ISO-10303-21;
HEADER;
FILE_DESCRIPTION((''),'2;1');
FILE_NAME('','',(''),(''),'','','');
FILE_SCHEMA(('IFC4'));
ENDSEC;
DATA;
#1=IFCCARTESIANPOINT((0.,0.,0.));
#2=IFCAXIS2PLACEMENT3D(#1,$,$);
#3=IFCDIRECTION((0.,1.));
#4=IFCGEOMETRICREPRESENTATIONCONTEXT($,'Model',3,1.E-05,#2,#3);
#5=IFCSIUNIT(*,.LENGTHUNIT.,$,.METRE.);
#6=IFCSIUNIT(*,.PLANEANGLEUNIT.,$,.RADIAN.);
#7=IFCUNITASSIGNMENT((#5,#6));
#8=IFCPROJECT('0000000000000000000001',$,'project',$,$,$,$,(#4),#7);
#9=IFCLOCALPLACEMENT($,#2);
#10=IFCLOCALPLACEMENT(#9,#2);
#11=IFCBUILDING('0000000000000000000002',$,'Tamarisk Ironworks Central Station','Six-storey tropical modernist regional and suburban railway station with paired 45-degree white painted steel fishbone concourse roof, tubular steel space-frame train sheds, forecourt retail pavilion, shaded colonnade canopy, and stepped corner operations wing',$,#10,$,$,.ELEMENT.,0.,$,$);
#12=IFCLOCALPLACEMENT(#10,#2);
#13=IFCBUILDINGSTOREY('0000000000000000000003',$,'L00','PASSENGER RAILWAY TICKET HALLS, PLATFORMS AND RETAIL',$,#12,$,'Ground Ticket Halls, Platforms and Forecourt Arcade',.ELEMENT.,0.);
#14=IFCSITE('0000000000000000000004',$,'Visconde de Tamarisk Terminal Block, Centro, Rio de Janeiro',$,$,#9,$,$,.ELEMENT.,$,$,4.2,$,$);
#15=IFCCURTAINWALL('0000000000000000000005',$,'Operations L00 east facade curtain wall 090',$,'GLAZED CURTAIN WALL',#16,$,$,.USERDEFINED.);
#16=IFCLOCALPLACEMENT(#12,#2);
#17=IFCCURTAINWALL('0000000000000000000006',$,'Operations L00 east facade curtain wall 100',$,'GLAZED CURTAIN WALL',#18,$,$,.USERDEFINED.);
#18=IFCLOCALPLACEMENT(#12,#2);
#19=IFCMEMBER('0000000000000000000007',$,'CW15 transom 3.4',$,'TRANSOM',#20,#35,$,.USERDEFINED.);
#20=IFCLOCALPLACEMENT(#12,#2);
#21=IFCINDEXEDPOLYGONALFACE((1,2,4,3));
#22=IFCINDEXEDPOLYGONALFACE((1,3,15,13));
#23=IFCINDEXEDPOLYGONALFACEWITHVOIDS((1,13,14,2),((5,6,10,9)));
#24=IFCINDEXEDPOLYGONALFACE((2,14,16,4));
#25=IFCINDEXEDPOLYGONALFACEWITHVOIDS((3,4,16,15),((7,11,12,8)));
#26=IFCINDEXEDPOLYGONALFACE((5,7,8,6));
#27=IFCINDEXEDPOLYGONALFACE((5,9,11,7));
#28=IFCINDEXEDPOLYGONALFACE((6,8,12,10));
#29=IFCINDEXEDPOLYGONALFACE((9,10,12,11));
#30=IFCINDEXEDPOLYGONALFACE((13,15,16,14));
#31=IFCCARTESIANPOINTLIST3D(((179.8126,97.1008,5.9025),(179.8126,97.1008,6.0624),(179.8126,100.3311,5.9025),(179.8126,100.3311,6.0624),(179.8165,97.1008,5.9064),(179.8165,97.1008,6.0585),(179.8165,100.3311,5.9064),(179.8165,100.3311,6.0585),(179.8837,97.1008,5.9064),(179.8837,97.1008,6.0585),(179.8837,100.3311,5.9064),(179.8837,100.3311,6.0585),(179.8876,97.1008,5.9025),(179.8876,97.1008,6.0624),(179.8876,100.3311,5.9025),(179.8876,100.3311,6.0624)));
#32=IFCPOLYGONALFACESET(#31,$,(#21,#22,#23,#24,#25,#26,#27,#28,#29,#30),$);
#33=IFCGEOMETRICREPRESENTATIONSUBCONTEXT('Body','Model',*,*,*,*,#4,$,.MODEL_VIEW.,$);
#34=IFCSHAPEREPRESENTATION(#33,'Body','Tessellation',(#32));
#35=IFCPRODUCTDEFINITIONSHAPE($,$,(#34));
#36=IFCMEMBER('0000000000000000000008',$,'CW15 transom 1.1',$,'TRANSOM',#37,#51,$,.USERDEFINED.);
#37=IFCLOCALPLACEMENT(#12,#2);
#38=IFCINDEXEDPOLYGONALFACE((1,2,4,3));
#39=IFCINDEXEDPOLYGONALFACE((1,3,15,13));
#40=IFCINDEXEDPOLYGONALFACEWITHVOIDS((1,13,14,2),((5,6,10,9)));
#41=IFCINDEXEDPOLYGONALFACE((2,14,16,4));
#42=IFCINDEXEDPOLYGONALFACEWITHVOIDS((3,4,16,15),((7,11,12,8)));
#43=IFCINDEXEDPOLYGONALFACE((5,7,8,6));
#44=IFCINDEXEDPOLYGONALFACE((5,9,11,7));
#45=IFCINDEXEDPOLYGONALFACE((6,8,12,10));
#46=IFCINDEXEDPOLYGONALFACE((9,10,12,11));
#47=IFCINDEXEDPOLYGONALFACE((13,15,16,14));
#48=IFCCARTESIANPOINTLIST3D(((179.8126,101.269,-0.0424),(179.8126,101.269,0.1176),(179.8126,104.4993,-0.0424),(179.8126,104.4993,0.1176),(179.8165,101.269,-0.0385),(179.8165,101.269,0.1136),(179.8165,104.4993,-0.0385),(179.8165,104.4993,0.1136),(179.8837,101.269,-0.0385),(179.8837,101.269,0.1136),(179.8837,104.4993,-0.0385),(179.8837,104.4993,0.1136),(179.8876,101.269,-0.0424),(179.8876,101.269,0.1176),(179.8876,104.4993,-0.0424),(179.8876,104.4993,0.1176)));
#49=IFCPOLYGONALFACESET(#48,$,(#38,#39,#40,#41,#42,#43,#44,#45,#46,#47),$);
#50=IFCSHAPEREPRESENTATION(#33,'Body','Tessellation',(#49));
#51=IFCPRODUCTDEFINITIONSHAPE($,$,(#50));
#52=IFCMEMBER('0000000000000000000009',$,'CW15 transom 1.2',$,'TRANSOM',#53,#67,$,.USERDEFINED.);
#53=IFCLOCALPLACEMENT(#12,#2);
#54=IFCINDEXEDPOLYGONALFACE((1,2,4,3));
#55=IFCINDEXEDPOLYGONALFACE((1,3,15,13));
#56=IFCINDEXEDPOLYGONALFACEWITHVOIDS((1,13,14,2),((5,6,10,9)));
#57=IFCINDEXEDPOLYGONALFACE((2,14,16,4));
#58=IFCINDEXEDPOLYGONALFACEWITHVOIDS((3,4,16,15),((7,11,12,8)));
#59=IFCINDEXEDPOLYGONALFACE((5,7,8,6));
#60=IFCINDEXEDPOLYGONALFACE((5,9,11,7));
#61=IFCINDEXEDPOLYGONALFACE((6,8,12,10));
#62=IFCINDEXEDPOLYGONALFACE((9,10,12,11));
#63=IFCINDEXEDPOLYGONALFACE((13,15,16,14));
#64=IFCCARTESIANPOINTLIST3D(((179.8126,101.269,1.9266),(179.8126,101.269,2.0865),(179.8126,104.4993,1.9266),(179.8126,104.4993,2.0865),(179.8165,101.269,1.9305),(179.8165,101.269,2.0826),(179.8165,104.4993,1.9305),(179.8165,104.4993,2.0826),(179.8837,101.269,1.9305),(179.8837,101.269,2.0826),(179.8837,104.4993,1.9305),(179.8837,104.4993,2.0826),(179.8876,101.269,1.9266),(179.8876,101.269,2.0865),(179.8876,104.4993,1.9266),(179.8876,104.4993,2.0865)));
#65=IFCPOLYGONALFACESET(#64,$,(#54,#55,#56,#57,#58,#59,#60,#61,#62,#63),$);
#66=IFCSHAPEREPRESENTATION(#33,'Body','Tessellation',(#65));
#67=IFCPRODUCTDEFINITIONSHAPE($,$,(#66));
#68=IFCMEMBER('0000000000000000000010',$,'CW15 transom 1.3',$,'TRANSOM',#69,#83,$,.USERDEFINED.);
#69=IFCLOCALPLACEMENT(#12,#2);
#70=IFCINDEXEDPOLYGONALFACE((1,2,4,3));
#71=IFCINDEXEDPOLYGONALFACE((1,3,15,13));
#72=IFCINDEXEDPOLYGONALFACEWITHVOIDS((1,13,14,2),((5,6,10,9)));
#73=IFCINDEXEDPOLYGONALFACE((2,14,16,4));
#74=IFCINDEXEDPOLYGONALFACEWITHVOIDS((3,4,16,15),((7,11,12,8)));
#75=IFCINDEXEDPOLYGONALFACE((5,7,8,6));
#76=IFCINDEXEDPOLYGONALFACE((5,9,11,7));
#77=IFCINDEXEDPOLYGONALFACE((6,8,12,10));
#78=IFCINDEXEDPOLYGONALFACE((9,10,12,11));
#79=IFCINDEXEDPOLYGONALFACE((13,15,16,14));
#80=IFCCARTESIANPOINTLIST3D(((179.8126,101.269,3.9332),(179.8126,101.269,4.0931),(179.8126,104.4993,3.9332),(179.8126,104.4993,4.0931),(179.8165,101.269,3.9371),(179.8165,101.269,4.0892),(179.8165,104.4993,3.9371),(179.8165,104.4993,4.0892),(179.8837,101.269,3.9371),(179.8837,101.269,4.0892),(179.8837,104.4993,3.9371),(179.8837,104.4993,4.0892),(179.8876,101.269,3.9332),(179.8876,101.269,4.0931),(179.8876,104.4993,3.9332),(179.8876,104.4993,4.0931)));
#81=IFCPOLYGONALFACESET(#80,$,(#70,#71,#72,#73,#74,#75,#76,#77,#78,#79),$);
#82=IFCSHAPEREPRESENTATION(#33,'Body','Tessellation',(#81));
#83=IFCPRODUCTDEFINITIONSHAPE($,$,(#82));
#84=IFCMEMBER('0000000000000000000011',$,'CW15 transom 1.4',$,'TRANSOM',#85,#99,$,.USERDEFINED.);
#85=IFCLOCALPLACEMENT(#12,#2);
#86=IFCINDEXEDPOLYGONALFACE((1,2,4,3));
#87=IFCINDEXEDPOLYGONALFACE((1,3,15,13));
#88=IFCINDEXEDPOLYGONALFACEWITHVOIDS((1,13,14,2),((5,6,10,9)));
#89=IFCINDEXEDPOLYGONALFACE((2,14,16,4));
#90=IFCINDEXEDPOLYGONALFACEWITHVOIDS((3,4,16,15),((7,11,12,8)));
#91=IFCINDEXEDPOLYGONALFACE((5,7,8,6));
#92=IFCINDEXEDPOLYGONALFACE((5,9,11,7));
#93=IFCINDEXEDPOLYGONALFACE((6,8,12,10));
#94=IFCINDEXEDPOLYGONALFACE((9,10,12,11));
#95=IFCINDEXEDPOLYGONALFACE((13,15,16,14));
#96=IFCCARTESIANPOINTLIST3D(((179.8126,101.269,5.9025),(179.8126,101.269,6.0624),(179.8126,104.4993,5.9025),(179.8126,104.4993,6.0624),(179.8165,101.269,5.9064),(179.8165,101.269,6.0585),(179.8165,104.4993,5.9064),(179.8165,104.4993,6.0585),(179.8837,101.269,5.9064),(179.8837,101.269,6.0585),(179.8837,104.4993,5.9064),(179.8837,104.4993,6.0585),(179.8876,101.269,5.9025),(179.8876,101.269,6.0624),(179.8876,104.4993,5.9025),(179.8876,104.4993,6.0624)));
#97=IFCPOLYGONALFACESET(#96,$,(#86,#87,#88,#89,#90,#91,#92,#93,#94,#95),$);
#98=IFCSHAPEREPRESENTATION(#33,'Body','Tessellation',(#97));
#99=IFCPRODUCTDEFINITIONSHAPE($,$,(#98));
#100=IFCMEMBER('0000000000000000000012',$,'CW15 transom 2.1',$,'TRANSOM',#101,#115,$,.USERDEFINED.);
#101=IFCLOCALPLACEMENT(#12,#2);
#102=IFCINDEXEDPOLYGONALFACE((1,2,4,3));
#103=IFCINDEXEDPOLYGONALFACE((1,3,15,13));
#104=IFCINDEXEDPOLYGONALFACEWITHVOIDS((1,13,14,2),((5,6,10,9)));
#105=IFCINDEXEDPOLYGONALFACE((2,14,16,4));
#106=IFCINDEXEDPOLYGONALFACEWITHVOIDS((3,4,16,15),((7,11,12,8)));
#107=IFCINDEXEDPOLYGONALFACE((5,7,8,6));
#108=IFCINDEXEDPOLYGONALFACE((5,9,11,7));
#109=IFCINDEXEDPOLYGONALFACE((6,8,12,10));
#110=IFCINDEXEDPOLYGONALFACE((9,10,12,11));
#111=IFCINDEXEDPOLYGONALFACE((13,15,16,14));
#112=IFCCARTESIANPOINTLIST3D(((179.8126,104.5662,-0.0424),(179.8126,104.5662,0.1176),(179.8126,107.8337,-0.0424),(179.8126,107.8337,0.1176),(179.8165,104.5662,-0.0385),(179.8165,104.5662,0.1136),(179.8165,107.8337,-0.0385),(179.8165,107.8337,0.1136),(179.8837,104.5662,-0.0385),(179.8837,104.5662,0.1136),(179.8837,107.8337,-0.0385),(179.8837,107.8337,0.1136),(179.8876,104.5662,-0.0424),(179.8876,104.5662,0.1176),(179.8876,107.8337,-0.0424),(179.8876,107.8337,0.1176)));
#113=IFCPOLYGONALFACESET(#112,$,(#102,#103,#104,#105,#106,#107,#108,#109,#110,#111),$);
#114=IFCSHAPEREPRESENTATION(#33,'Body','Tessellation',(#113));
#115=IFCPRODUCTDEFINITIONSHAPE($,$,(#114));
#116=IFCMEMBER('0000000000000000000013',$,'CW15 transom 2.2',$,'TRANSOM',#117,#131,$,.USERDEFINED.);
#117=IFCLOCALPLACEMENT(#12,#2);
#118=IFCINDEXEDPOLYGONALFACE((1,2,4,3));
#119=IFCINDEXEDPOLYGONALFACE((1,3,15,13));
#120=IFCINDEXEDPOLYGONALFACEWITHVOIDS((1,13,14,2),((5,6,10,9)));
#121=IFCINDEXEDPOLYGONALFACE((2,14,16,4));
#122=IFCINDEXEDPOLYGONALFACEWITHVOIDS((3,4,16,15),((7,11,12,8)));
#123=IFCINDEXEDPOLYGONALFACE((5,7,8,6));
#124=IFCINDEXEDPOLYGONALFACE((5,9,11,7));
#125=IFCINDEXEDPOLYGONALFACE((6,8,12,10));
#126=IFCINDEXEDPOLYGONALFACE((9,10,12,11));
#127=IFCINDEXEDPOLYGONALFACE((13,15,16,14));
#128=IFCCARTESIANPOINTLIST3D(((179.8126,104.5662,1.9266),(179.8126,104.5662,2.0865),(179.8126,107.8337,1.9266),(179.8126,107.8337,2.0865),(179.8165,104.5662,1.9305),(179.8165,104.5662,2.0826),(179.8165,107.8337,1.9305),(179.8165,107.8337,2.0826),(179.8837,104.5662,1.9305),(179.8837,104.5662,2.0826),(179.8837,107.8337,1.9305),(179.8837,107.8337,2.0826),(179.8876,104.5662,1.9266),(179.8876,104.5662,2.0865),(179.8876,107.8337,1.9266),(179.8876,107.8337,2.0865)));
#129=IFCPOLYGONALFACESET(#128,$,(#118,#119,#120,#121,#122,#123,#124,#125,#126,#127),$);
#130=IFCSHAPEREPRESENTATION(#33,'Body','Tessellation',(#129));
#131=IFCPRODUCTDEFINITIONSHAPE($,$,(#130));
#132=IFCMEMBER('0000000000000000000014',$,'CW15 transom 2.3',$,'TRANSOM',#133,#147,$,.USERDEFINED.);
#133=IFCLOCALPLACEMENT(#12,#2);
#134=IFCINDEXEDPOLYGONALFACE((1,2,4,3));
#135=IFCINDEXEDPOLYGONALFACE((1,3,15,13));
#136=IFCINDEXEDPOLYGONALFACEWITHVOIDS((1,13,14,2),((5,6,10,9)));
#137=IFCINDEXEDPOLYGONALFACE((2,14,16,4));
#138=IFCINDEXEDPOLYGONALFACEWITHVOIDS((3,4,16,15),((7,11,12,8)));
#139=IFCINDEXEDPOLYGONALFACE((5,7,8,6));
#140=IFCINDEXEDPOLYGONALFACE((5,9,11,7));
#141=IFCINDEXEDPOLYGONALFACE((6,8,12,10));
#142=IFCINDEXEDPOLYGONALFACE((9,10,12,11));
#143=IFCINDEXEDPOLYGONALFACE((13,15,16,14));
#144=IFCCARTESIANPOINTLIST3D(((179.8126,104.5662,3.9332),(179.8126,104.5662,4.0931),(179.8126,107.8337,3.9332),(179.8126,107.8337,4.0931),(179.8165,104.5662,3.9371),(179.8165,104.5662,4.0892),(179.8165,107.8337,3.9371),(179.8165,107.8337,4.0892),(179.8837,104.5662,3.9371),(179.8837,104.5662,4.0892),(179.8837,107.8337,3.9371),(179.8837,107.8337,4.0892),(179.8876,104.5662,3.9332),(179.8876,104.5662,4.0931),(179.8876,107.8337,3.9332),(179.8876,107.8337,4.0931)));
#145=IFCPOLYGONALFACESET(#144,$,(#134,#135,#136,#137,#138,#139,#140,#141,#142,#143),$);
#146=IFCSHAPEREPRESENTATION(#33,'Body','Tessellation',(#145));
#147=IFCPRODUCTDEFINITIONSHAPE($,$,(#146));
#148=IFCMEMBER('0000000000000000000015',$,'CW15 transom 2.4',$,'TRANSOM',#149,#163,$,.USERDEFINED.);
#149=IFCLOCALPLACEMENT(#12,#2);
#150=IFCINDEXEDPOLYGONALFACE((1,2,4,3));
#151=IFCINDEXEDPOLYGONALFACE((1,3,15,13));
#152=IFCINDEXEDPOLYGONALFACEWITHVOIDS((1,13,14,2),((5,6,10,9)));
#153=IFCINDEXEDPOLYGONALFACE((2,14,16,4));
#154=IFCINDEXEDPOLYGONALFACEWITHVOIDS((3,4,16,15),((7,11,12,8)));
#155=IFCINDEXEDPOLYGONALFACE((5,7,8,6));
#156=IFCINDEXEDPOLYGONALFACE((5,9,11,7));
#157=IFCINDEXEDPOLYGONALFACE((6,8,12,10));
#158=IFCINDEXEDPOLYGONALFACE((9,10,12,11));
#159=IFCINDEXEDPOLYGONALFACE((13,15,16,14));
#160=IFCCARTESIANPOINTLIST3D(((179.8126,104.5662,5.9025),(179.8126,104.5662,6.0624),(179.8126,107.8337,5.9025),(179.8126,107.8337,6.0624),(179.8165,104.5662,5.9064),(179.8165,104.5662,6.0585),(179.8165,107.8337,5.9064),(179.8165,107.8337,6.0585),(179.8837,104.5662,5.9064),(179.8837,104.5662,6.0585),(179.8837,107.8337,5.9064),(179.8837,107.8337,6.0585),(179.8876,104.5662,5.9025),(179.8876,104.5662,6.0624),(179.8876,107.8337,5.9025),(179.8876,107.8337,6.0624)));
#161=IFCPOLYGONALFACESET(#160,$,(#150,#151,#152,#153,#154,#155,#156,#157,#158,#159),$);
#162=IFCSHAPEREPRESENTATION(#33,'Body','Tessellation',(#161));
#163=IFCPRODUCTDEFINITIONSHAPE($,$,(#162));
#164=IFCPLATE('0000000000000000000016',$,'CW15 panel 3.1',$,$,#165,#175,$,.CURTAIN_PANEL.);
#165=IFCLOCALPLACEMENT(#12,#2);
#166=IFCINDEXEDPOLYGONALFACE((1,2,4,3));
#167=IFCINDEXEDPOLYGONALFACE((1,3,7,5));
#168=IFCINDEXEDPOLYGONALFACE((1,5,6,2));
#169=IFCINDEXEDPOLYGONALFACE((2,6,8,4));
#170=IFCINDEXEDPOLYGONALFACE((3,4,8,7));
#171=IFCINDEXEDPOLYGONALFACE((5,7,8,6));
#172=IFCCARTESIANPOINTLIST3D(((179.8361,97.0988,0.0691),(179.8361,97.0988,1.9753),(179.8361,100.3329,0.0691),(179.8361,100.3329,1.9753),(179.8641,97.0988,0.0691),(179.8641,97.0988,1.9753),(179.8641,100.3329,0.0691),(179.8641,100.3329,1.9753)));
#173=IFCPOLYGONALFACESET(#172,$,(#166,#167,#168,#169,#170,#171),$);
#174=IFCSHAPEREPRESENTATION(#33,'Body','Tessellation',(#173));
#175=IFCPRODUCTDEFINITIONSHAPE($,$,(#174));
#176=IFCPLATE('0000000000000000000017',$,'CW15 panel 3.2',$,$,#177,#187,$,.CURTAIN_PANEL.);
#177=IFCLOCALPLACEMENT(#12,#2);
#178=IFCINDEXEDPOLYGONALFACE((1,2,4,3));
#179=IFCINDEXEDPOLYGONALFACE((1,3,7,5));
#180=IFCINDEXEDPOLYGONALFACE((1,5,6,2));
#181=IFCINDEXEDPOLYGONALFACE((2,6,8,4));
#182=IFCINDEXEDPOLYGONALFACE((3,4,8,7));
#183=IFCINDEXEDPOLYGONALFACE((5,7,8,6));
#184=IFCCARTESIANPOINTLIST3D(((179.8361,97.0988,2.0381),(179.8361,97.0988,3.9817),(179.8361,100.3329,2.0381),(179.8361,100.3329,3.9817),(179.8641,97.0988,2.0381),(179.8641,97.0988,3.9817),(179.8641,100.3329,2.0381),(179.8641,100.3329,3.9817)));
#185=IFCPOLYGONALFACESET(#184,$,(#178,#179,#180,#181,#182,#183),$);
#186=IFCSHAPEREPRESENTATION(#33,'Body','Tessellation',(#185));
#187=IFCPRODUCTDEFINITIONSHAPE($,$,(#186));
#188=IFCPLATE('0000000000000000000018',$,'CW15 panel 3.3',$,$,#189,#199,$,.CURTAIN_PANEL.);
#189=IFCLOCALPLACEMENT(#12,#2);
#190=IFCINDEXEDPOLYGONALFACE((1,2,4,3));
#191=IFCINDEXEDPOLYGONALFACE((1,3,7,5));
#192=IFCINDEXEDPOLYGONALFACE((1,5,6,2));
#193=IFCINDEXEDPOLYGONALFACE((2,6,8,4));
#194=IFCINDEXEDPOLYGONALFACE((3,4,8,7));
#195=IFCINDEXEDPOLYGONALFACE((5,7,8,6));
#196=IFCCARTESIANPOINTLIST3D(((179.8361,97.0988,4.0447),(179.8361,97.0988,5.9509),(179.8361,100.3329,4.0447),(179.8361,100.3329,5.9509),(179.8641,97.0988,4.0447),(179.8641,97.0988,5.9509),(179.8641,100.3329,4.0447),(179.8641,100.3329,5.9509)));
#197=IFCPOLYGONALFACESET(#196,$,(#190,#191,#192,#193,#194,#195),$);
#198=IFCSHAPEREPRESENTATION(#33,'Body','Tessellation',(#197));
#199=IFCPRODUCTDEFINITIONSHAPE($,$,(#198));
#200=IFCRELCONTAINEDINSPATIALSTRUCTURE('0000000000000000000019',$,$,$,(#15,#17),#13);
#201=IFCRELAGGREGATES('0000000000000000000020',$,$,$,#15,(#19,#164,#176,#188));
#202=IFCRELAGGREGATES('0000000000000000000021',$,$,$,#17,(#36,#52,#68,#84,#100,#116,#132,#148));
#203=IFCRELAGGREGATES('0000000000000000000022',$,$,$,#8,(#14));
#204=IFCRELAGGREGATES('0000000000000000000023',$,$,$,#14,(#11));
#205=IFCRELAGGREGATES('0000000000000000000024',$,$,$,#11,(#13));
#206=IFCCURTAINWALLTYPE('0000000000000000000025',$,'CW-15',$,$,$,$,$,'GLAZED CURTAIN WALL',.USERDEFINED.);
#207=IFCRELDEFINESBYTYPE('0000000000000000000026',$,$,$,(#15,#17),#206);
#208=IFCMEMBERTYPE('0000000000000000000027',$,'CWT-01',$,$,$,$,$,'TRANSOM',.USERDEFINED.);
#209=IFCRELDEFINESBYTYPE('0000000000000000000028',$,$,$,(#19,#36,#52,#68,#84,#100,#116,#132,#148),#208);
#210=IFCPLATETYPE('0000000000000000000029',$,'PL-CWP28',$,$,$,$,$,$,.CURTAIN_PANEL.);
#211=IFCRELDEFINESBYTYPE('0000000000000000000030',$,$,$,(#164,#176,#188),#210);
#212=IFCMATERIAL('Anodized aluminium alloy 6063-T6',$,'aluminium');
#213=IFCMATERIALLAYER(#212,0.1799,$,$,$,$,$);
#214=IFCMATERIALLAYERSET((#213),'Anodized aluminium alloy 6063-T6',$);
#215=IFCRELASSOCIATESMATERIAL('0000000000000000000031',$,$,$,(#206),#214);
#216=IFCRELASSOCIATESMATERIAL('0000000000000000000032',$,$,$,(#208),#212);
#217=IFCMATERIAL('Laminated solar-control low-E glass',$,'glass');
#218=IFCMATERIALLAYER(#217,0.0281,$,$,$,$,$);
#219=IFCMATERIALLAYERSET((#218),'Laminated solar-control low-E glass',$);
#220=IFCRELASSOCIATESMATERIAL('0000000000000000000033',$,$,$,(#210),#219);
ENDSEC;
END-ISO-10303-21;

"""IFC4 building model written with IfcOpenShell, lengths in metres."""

from ifc_helpers import new_model, si_unit, direction, frame, origin, origin_2d, place, context, subcontext, project, spatial, rectangle, hollow_rectangle, extrude, material, layer, layer_set, material_profile, profile_set, type_object, element, aggregate, save


model = new_model("IFC4")

# Units and contexts
model_context = context("Model", 3, precision=1e-05, world=origin(), true_north=direction((0.0, 1.0)))
body_context = subcontext(model_context, "Body", "Model", "MODEL_VIEW")
ifc_project = project(units=[si_unit("LENGTHUNIT", "METRE"), si_unit("PLANEANGLEUNIT", "RADIAN")], contexts=[model_context])

# Site, building, storey
site_placement = place(None, origin())
site = spatial("IfcSite", under=ifc_project, at=site_placement, Name="Visconde de Tamarisk Terminal Block, Centro, Rio de Janeiro", CompositionType="ELEMENT", RefElevation=4.2)
building_placement = place(site_placement, origin())
building = spatial("IfcBuilding", under=site, at=building_placement, Name="Tamarisk Ironworks Central Station", Description="Six-storey tropical modernist regional and suburban railway station with paired 45-degree white painted steel fishbone concourse roof, tubular steel space-frame train sheds, forecourt retail pavilion, shaded colonnade canopy, and stepped corner operations wing", CompositionType="ELEMENT", ElevationOfRefHeight=0.0)
storey_placement = place(building_placement, origin())
storey = spatial("IfcBuildingStorey", under=building, at=storey_placement, Name="L00", Description="PASSENGER RAILWAY TICKET HALLS, PLATFORMS AND RETAIL", LongName="Ground Ticket Halls, Platforms and Forecourt Arcade", CompositionType="ELEMENT", Elevation=0.0)

# Curtain wall
ifc_material_1 = material(Name="Anodized aluminium alloy 6063-T6", Category="aluminium")
ifc_layer_1 = layer(ifc_material_1, 0.1799)
ifc_layer_set_1 = layer_set([ifc_layer_1], Name="Anodized aluminium alloy 6063-T6")
curtain_wall_type = type_object("IfcCurtainWallType", Name="CW-15", ElementType="GLAZED CURTAIN WALL", PredefinedType="USERDEFINED", material=ifc_layer_set_1)
curtain_wall_1_placement = place(storey_placement, origin())
curtain_wall_1 = element("IfcCurtainWall", 1, at=curtain_wall_1_placement, inside=storey, type_object=curtain_wall_type, Name="Operations L00 east facade curtain wall 090", ObjectType="GLAZED CURTAIN WALL", PredefinedType="USERDEFINED")

# Curtain wall
curtain_wall_2_placement = place(storey_placement, origin())
curtain_wall_2 = element("IfcCurtainWall", 2, at=curtain_wall_2_placement, inside=storey, type_object=curtain_wall_type, Name="Operations L00 east facade curtain wall 100", ObjectType="GLAZED CURTAIN WALL", PredefinedType="USERDEFINED")

# Members
ifc_material_profile_1 = material_profile(ifc_material_1, hollow_rectangle(XDim=0.075, YDim=0.1599, WallThickness=0.0039, at=origin_2d()), Name="ALUM 160x75")
ifc_profile_set_1 = profile_set([ifc_material_profile_1], Name="Anodized aluminium alloy 6063-T6")
member_type_1 = type_object("IfcMemberType", Name="CWT-01", ElementType="TRANSOM", PredefinedType="USERDEFINED", material=ifc_profile_set_1)
member_1_placement = place(storey_placement, frame((179.8501, 97.1008, 5.9824), z_axis=(0.0, 1.0, 0.0), x_axis=(-1.0, 0.0, 0.0)))
member_1 = element("IfcMember", 3, at=member_1_placement, type_object=member_type_1, Name="CW15 transom 3.4", ObjectType="TRANSOM", PredefinedType="USERDEFINED", context=body_context, shape_type="SweptSolid", body=[
    extrude(hollow_rectangle(XDim=0.075, YDim=0.1599, WallThickness=0.0039, at=origin_2d()), origin(), (0.0, 0.0, 1.0), 3.2302),
])
member_2_placement = place(storey_placement, frame((179.8501, 101.269, 0.0376), z_axis=(0.0, 1.0, 0.0), x_axis=(-1.0, 0.0, 0.0)))
member_2 = element("IfcMember", 4, at=member_2_placement, type_object=member_type_1, Name="CW15 transom 1.1", ObjectType="TRANSOM", PredefinedType="USERDEFINED", context=body_context, shape_type="SweptSolid", body=[
    extrude(hollow_rectangle(XDim=0.075, YDim=0.1599, WallThickness=0.0039, at=origin_2d()), origin(), (0.0, 0.0, 1.0), 3.2302),
])
member_3_placement = place(storey_placement, frame((179.8501, 101.269, 2.0066), z_axis=(0.0, 1.0, 0.0), x_axis=(-1.0, 0.0, 0.0)))
member_3 = element("IfcMember", 5, at=member_3_placement, type_object=member_type_1, Name="CW15 transom 1.2", ObjectType="TRANSOM", PredefinedType="USERDEFINED", context=body_context, shape_type="SweptSolid", body=[
    extrude(hollow_rectangle(XDim=0.075, YDim=0.1599, WallThickness=0.0039, at=origin_2d()), origin(), (0.0, 0.0, 1.0), 3.2302),
])
member_4_placement = place(storey_placement, frame((179.8501, 101.269, 4.0132), z_axis=(0.0, 1.0, 0.0), x_axis=(-1.0, 0.0, 0.0)))
member_4 = element("IfcMember", 6, at=member_4_placement, type_object=member_type_1, Name="CW15 transom 1.3", ObjectType="TRANSOM", PredefinedType="USERDEFINED", context=body_context, shape_type="SweptSolid", body=[
    extrude(hollow_rectangle(XDim=0.075, YDim=0.1599, WallThickness=0.0039, at=origin_2d()), origin(), (0.0, 0.0, 1.0), 3.2302),
])
member_5_placement = place(storey_placement, frame((179.8501, 101.269, 5.9824), z_axis=(0.0, 1.0, 0.0), x_axis=(-1.0, 0.0, 0.0)))
member_5 = element("IfcMember", 7, at=member_5_placement, type_object=member_type_1, Name="CW15 transom 1.4", ObjectType="TRANSOM", PredefinedType="USERDEFINED", context=body_context, shape_type="SweptSolid", body=[
    extrude(hollow_rectangle(XDim=0.075, YDim=0.1599, WallThickness=0.0039, at=origin_2d()), origin(), (0.0, 0.0, 1.0), 3.2302),
])
member_6_placement = place(storey_placement, frame((179.8501, 104.5662, 0.0376), z_axis=(0.0, 1.0, 0.0), x_axis=(-1.0, 0.0, 0.0)))
member_6 = element("IfcMember", 8, at=member_6_placement, type_object=member_type_1, Name="CW15 transom 2.1", ObjectType="TRANSOM", PredefinedType="USERDEFINED", context=body_context, shape_type="SweptSolid", body=[
    extrude(hollow_rectangle(XDim=0.075, YDim=0.1599, WallThickness=0.0039, at=origin_2d()), origin(), (0.0, 0.0, 1.0), 3.2676),
])
member_7_placement = place(storey_placement, frame((179.8501, 104.5662, 2.0066), z_axis=(0.0, 1.0, 0.0), x_axis=(-1.0, 0.0, 0.0)))
member_7 = element("IfcMember", 9, at=member_7_placement, type_object=member_type_1, Name="CW15 transom 2.2", ObjectType="TRANSOM", PredefinedType="USERDEFINED", context=body_context, shape_type="SweptSolid", body=[
    extrude(hollow_rectangle(XDim=0.075, YDim=0.1599, WallThickness=0.0039, at=origin_2d()), origin(), (0.0, 0.0, 1.0), 3.2676),
])
member_8_placement = place(storey_placement, frame((179.8501, 104.5662, 4.0132), z_axis=(0.0, 1.0, 0.0), x_axis=(-1.0, 0.0, 0.0)))
member_8 = element("IfcMember", 10, at=member_8_placement, type_object=member_type_1, Name="CW15 transom 2.3", ObjectType="TRANSOM", PredefinedType="USERDEFINED", context=body_context, shape_type="SweptSolid", body=[
    extrude(hollow_rectangle(XDim=0.075, YDim=0.1599, WallThickness=0.0039, at=origin_2d()), origin(), (0.0, 0.0, 1.0), 3.2676),
])
member_9_placement = place(storey_placement, frame((179.8501, 104.5662, 5.9824), z_axis=(0.0, 1.0, 0.0), x_axis=(-1.0, 0.0, 0.0)))
member_9 = element("IfcMember", 11, at=member_9_placement, type_object=member_type_1, Name="CW15 transom 2.4", ObjectType="TRANSOM", PredefinedType="USERDEFINED", context=body_context, shape_type="SweptSolid", body=[
    extrude(hollow_rectangle(XDim=0.075, YDim=0.1599, WallThickness=0.0039, at=origin_2d()), origin(), (0.0, 0.0, 1.0), 3.2676),
])

# Plates
ifc_material_2 = material(Name="Laminated solar-control low-E glass", Category="glass")
ifc_layer_2 = layer(ifc_material_2, 0.0281)
ifc_layer_set_2 = layer_set([ifc_layer_2], Name="Laminated solar-control low-E glass")
plate_type = type_object("IfcPlateType", Name="PL-CWP28", PredefinedType="CURTAIN_PANEL", material=ifc_layer_set_2)
plate_1_placement = place(storey_placement, frame((179.8501, 98.7158, 0.0691), z_axis=(0.0, 0.0, 1.0), x_axis=(0.0, 1.0, 0.0)))
plate_1 = element("IfcPlate", 12, at=plate_1_placement, type_object=plate_type, Name="CW15 panel 3.1", PredefinedType="CURTAIN_PANEL", context=body_context, shape_type="SweptSolid", body=[
    extrude(rectangle(XDim=3.2341, YDim=0.0281, at=origin_2d()), origin(), (0.0, 0.0, 1.0), 1.9062),
])
plate_2_placement = place(storey_placement, frame((179.8501, 98.7158, 2.0381), z_axis=(0.0, 0.0, 1.0), x_axis=(0.0, 1.0, 0.0)))
plate_2 = element("IfcPlate", 13, at=plate_2_placement, type_object=plate_type, Name="CW15 panel 3.2", PredefinedType="CURTAIN_PANEL", context=body_context, shape_type="SweptSolid", body=[
    extrude(rectangle(XDim=3.2341, YDim=0.0281, at=origin_2d()), origin(), (0.0, 0.0, 1.0), 1.9436),
])
plate_3_placement = place(storey_placement, frame((179.8501, 98.7158, 4.0447), z_axis=(0.0, 0.0, 1.0), x_axis=(0.0, 1.0, 0.0)))
plate_3 = element("IfcPlate", 14, at=plate_3_placement, type_object=plate_type, Name="CW15 panel 3.3", PredefinedType="CURTAIN_PANEL", context=body_context, shape_type="SweptSolid", body=[
    extrude(rectangle(XDim=3.2341, YDim=0.0281, at=origin_2d()), origin(), (0.0, 0.0, 1.0), 1.9062),
])
aggregate(curtain_wall_1, [member_1, plate_1, plate_2, plate_3])
aggregate(curtain_wall_2, [member_2, member_3, member_4, member_5, member_6, member_7, member_8, member_9])

save(model, "model.ifc")
